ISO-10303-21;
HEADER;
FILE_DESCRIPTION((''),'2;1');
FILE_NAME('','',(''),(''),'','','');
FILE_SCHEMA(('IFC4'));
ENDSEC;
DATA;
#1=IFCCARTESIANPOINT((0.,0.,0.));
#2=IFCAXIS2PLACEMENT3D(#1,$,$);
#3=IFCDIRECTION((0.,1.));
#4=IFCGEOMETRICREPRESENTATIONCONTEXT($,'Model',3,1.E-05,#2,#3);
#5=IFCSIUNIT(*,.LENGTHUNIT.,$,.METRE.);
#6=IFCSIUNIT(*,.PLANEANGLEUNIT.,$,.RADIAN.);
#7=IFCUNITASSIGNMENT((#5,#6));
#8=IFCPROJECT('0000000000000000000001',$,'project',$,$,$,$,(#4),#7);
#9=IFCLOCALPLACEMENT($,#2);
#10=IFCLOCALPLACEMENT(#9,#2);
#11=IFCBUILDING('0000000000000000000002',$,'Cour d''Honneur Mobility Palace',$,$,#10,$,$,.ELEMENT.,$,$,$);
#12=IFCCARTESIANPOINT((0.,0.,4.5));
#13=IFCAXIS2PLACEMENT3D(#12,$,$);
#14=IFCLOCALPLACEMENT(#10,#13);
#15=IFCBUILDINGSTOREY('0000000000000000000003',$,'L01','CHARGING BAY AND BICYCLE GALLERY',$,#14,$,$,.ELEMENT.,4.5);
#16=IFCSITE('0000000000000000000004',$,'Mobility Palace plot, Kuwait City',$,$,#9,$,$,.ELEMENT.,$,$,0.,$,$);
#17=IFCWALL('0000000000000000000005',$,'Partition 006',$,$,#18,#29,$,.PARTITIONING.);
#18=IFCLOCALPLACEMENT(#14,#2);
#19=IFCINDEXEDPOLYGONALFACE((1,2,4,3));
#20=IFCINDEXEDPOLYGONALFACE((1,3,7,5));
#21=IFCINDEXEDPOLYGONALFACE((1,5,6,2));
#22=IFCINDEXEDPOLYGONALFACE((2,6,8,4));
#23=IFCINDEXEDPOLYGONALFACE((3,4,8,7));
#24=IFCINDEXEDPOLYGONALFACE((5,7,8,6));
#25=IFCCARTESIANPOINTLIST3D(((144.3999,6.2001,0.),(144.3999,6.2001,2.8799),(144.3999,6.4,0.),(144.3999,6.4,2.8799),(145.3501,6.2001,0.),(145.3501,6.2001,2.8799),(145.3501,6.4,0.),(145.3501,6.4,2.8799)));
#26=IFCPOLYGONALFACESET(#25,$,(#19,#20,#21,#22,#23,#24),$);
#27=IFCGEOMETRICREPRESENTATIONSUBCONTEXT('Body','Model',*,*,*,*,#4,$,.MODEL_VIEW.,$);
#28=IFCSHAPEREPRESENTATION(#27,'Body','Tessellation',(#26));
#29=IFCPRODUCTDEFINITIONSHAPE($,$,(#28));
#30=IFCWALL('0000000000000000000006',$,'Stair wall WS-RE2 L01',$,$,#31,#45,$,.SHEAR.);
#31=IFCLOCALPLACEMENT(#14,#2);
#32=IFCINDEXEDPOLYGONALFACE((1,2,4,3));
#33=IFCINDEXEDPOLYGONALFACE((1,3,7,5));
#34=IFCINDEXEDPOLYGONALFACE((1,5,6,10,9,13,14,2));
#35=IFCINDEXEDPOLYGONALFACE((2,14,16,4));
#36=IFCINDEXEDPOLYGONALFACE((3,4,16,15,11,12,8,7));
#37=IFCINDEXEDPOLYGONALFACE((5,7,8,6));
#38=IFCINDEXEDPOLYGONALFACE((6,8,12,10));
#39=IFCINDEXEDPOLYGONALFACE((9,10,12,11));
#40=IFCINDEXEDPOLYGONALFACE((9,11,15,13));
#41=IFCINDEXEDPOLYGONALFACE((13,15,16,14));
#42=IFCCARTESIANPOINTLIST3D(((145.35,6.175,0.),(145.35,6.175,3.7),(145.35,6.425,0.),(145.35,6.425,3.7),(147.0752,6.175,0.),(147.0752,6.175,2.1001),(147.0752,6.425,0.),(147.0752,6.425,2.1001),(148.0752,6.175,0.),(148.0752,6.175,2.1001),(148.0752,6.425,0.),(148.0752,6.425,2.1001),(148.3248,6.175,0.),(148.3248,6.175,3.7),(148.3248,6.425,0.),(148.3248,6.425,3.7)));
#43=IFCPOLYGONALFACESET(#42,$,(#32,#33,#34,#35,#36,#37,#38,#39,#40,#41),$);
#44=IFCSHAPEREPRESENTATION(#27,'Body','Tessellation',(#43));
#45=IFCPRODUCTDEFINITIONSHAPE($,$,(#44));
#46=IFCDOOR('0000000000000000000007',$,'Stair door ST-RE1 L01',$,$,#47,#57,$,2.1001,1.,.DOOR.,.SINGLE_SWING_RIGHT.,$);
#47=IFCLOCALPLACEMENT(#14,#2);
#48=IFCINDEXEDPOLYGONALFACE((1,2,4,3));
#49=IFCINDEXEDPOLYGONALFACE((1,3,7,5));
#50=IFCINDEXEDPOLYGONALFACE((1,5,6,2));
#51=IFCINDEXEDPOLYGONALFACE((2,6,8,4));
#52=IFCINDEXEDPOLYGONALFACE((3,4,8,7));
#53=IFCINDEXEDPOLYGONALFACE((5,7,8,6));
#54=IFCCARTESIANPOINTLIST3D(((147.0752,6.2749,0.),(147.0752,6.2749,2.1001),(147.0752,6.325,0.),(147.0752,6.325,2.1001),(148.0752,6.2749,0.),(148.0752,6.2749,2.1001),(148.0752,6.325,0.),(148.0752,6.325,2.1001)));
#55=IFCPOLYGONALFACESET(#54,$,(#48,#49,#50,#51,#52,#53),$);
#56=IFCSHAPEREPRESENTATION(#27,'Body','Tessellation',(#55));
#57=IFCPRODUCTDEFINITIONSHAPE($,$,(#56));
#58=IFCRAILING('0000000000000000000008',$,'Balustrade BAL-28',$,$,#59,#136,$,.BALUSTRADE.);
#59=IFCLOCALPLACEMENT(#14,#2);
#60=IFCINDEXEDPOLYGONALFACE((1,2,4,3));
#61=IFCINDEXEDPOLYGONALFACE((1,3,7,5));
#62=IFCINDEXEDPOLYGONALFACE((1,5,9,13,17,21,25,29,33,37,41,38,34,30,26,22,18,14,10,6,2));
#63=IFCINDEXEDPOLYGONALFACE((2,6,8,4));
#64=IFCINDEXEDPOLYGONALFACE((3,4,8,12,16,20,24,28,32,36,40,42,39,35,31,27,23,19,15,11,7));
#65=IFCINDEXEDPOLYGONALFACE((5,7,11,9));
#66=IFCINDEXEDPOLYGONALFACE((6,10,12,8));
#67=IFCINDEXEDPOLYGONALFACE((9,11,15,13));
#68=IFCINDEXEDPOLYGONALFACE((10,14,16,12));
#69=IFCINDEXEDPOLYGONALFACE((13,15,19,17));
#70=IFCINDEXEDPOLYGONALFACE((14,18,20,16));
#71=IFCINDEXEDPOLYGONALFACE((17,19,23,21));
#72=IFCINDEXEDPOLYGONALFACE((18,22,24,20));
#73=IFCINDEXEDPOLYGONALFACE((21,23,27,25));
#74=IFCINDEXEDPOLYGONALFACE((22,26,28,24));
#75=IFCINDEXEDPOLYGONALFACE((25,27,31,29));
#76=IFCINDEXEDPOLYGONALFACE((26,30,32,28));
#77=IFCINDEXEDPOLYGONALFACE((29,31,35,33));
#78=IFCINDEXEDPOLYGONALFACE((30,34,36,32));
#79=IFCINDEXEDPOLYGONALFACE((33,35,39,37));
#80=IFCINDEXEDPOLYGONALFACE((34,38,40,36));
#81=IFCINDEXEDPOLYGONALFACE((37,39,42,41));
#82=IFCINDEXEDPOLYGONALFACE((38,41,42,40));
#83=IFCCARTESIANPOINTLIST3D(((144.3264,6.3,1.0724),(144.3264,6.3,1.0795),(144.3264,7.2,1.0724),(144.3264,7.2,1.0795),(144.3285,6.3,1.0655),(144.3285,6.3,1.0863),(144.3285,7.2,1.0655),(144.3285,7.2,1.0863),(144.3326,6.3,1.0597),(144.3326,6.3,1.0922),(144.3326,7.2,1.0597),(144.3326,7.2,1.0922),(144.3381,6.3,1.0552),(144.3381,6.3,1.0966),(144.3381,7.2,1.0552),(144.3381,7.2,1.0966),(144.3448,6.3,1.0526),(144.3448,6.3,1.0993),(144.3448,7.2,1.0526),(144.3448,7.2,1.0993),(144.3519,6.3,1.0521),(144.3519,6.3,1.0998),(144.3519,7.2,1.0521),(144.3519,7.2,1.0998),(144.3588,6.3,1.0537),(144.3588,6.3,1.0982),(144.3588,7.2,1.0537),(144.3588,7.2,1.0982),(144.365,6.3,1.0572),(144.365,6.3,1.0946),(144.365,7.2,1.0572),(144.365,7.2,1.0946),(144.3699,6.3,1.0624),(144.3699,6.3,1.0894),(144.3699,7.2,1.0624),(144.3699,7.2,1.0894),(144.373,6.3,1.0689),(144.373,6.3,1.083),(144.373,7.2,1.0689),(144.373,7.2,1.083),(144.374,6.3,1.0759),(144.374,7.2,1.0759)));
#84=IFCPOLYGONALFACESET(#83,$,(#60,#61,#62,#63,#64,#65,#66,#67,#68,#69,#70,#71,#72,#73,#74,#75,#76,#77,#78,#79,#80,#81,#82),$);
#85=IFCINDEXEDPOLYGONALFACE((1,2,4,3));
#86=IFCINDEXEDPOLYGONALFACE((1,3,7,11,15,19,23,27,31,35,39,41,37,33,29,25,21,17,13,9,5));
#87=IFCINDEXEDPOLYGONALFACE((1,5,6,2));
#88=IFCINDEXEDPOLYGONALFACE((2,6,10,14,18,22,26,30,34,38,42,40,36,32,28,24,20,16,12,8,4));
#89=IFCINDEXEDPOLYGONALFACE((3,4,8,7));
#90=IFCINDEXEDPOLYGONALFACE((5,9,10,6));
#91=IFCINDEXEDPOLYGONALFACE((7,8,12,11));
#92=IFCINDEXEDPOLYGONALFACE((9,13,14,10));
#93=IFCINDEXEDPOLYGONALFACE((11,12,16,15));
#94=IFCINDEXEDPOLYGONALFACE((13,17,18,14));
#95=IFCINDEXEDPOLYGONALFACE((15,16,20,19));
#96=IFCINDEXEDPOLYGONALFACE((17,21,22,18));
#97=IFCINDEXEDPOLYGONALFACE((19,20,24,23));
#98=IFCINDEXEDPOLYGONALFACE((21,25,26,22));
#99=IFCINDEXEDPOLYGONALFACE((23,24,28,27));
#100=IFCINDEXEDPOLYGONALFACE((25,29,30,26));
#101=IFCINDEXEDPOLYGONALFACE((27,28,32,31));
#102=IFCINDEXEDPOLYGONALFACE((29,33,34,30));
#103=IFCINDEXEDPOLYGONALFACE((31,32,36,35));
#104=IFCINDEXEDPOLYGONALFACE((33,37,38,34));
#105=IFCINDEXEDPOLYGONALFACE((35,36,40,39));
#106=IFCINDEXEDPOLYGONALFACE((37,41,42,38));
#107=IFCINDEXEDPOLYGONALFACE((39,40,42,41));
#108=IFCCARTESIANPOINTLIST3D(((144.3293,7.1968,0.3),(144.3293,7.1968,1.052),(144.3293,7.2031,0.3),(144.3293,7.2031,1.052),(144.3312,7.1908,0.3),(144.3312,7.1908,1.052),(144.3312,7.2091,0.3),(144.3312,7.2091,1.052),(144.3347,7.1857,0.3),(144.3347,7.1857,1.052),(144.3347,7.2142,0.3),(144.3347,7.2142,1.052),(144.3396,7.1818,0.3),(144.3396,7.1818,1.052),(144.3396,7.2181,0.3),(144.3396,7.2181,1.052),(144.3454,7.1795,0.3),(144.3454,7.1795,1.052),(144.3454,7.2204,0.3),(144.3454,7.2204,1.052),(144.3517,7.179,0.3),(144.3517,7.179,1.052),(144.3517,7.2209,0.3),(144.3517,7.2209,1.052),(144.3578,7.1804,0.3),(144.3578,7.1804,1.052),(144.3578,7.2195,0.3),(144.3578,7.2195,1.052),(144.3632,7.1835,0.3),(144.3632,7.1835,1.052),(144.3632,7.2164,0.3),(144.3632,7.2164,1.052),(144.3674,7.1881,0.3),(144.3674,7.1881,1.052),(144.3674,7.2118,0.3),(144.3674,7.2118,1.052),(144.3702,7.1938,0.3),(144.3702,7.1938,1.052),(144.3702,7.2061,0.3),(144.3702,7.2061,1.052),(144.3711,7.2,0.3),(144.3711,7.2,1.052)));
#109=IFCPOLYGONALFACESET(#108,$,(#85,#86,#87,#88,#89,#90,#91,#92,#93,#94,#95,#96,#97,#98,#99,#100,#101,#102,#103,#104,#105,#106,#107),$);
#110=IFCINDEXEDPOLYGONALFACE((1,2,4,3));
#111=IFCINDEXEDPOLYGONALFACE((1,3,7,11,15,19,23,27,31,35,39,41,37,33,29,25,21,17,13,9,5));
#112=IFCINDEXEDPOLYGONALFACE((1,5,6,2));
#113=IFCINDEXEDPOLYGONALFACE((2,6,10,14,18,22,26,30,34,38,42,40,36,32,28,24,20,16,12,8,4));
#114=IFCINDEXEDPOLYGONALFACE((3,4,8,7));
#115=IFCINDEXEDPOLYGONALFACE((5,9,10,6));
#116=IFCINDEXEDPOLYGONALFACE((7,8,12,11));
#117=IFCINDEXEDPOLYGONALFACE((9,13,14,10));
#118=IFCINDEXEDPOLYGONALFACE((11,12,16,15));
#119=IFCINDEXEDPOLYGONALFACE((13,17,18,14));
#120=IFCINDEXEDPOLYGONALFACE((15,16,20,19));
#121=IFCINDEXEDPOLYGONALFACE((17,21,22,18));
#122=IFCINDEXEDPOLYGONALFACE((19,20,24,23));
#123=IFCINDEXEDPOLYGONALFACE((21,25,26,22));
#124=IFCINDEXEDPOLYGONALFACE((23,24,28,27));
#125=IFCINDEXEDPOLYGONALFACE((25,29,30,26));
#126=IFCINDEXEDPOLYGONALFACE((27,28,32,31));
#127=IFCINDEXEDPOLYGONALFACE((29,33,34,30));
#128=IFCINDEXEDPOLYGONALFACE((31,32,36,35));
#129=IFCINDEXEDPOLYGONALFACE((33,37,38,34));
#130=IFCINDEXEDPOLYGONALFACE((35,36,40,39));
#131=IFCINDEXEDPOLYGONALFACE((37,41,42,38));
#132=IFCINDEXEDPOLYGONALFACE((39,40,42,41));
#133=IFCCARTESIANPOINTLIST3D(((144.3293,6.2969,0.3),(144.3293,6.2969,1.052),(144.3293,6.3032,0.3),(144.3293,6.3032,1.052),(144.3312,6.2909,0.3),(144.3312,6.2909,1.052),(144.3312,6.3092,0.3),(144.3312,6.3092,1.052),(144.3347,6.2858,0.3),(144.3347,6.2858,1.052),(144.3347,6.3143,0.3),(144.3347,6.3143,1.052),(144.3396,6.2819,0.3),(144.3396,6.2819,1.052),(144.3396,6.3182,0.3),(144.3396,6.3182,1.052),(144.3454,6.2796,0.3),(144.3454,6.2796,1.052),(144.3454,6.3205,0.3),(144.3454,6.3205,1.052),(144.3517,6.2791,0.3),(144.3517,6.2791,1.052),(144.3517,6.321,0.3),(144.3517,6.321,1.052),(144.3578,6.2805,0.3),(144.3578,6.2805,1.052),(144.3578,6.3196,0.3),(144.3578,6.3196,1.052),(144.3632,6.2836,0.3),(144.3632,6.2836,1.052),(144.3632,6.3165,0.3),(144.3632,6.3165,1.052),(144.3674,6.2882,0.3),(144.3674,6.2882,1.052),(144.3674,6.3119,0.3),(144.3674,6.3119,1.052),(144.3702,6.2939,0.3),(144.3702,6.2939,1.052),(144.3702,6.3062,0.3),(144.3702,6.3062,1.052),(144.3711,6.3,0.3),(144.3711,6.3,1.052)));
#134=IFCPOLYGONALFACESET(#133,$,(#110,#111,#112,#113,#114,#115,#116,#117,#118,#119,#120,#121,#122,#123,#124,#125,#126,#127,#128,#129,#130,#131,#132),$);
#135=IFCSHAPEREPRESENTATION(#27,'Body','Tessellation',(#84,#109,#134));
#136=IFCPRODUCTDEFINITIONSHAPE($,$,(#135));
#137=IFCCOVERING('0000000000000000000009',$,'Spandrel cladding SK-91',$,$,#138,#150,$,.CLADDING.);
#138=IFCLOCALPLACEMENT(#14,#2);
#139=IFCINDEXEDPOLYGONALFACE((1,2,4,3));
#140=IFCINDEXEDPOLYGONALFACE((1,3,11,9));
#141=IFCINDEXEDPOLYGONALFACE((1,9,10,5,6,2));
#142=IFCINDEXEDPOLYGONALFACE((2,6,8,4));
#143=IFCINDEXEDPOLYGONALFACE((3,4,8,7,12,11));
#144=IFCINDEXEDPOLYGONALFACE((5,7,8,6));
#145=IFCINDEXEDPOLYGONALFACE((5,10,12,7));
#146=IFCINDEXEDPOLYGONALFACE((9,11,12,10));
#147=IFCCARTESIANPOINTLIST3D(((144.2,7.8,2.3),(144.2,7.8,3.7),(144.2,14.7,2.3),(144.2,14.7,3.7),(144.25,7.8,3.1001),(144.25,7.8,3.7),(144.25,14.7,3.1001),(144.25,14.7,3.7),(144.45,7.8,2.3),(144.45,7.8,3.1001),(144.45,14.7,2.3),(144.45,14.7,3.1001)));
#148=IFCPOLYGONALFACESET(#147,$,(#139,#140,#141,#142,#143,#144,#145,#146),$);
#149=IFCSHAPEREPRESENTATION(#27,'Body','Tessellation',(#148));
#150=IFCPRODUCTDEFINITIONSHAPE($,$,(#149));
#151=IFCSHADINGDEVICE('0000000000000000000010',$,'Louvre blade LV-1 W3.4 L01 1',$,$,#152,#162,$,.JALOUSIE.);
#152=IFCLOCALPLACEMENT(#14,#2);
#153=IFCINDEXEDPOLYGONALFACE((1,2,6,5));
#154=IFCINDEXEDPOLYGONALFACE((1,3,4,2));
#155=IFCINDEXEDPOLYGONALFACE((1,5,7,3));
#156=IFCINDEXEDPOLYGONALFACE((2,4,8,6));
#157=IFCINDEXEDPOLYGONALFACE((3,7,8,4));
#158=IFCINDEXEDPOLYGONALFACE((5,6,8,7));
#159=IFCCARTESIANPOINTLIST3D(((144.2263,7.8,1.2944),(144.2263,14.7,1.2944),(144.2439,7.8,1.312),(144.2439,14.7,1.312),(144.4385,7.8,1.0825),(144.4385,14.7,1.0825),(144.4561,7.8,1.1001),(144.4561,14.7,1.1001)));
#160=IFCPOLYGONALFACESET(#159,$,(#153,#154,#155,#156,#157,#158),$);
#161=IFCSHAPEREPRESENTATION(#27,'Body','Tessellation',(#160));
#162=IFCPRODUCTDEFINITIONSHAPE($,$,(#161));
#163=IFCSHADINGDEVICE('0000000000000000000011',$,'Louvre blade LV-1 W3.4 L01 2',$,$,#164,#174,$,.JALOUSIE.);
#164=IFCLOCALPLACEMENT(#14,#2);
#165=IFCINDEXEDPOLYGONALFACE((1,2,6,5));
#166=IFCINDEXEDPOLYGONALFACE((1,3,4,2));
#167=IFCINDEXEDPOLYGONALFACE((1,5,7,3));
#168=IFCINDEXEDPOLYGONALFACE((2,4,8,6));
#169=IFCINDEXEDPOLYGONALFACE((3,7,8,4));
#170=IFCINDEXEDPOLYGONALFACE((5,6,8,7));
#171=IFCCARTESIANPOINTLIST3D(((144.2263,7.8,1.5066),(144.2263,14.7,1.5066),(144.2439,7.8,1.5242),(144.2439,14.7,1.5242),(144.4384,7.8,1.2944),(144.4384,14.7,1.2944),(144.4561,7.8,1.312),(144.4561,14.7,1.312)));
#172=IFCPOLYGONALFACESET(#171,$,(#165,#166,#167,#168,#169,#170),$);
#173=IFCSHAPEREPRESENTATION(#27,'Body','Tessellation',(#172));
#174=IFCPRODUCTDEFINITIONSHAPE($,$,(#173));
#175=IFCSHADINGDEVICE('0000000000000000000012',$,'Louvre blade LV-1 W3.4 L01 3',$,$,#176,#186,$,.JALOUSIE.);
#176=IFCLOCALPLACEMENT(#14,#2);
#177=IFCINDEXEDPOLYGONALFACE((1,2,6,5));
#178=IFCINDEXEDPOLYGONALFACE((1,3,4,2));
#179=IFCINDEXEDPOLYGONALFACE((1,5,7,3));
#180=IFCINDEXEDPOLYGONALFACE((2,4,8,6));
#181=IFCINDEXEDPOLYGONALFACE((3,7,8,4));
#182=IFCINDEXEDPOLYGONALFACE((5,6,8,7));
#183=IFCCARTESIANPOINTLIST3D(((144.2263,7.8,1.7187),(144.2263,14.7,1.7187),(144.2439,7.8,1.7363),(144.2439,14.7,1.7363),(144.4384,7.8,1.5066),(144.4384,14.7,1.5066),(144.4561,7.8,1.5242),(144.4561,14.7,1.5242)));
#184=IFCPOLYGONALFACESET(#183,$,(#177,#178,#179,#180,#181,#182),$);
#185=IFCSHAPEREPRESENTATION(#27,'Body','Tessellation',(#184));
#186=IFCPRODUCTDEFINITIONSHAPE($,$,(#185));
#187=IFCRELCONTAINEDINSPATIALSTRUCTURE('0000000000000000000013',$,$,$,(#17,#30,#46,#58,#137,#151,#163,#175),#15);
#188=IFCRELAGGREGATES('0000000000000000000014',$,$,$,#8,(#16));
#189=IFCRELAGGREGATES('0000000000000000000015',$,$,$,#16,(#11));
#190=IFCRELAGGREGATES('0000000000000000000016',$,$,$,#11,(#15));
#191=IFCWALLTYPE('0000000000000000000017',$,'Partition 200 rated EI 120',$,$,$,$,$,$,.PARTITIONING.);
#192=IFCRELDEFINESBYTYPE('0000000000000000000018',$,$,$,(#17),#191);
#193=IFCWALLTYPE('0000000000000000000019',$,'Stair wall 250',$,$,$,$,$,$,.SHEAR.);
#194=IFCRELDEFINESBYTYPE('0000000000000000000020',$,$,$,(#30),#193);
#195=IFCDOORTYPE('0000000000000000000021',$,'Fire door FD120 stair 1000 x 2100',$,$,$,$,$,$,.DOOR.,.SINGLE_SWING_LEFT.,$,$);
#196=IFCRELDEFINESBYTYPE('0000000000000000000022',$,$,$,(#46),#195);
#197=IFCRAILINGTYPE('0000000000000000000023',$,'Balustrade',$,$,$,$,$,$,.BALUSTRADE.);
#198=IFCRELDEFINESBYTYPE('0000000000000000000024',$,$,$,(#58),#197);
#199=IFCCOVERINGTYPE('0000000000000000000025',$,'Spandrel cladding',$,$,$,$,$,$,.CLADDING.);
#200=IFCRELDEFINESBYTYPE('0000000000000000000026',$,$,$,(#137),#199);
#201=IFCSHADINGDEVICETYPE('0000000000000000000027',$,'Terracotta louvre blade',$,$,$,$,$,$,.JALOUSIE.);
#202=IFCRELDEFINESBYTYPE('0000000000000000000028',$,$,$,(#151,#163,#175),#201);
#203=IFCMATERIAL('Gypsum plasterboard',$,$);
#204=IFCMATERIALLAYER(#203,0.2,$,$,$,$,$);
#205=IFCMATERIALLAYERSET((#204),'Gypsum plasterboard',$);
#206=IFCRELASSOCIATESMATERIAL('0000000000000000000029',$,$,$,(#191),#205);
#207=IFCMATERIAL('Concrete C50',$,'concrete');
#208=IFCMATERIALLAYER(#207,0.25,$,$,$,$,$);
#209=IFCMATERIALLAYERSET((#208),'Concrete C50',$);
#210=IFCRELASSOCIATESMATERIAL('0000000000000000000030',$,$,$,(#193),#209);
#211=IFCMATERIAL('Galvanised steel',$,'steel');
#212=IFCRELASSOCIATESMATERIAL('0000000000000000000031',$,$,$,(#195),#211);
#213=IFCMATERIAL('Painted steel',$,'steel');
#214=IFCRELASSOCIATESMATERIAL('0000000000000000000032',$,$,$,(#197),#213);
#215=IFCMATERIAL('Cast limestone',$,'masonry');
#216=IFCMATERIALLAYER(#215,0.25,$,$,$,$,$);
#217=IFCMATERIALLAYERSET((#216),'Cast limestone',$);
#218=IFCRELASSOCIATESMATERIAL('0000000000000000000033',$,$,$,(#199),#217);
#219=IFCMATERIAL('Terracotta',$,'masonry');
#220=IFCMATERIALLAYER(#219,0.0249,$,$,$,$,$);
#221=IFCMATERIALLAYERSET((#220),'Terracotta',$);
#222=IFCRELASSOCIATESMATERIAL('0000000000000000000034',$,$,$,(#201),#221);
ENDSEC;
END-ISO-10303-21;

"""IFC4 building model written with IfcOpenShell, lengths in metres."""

from ifc_helpers import new_model, si_unit, direction, frame, frame_2d, origin, origin_2d, place, context, subcontext, project, spatial, polyline, rectangle, circle, outline, extrude, material, layer, layer_set, type_object, element, fill, save


model = new_model("IFC4")

# Units and contexts
model_context = context("Model", 3, precision=1e-05, world=origin(), true_north=direction((0.0, 1.0)))
body_context = subcontext(model_context, "Body", "Model", "MODEL_VIEW")
ifc_project = project(units=[si_unit("LENGTHUNIT", "METRE"), si_unit("PLANEANGLEUNIT", "RADIAN")], contexts=[model_context])

# Site, building, storey
site_placement = place(None, origin())
site = spatial("IfcSite", under=ifc_project, at=site_placement, Name="Mobility Palace plot, Kuwait City", CompositionType="ELEMENT", RefElevation=0.0)
building_placement = place(site_placement, origin())
building = spatial("IfcBuilding", under=site, at=building_placement, Name="Cour d'Honneur Mobility Palace", CompositionType="ELEMENT")
storey_placement = place(building_placement, frame((0.0, 0.0, 4.5)))
storey = spatial("IfcBuildingStorey", under=building, at=storey_placement, Name="L01", Description="CHARGING BAY AND BICYCLE GALLERY", CompositionType="ELEMENT", Elevation=4.5)

# Wall
ifc_material_1 = material(Name="Gypsum plasterboard")
ifc_layer_1 = layer(ifc_material_1, 0.2)
ifc_layer_set_1 = layer_set([ifc_layer_1], Name="Gypsum plasterboard")
wall_type_1 = type_object("IfcWallType", Name="Partition 200 rated EI 120", PredefinedType="PARTITIONING", material=ifc_layer_set_1)
wall_1_placement = place(storey_placement, frame((144.3999, 6.3, 0.0), z_axis=(0.0, 0.0, 1.0), x_axis=(1.0, 0.0, 0.0)))
element("IfcWall", 1, at=wall_1_placement, inside=storey, type_object=wall_type_1, Name="Partition 006", PredefinedType="PARTITIONING", context=body_context, shape_type="SweptSolid", body=[
    extrude(rectangle(XDim=0.9502, YDim=0.2, at=frame_2d((0.4751, 0.0))), origin(), (0.0, 0.0, 1.0), 2.8799),
])

# Wall, opening, door
ifc_material_2 = material(Name="Concrete C50", Category="concrete")
ifc_layer_2 = layer(ifc_material_2, 0.25)
ifc_layer_set_2 = layer_set([ifc_layer_2], Name="Concrete C50")
wall_type_2 = type_object("IfcWallType", Name="Stair wall 250", PredefinedType="SHEAR", material=ifc_layer_set_2)
wall_2_placement = place(storey_placement, frame((145.3501, 6.3, 0.0), z_axis=(0.0, 0.0, 1.0), x_axis=(1.0, 0.0, 0.0)))
wall_2 = element("IfcWall", 2, at=wall_2_placement, inside=storey, type_object=wall_type_2, Name="Stair wall WS-RE2 L01", PredefinedType="SHEAR", context=body_context, shape_type="SweptSolid", body=[
    extrude(rectangle(XDim=2.9749, YDim=0.25, at=frame_2d((1.4873, 0.0))), origin(), (0.0, 0.0, 1.0), 3.7),
])
opening_placement = place(wall_2_placement, frame((1.7251, 0.0, 0.0)))
opening = element("IfcOpeningElement", 3, at=opening_placement, cuts=wall_2, PredefinedType="OPENING", context=body_context, shape_type="SweptSolid", body=[
    extrude(rectangle(XDim=1.0, YDim=2.1001, at=frame_2d((0.5, 1.05))), frame((0.0, 0.135, 0.0), z_axis=(0.0, -1.0, 0.0), x_axis=(1.0, 0.0, 0.0)), (0.0, 0.0, 1.0), 0.27),
])
ifc_material_3 = material(Name="Galvanised steel", Category="steel")
door_type = type_object("IfcDoorType", Name="Fire door FD120 stair 1000 x 2100", OperationType="SINGLE_SWING_LEFT", PredefinedType="DOOR", material=ifc_material_3)
door_placement = place(opening_placement, origin())
door = element("IfcDoor", 4, at=door_placement, inside=storey, type_object=door_type, Name="Stair door ST-RE1 L01", OperationType="SINGLE_SWING_RIGHT", OverallHeight=2.1001, OverallWidth=1.0, PredefinedType="DOOR", context=body_context, shape_type="SweptSolid", body=[
    extrude(rectangle(XDim=1.0, YDim=2.1001, at=frame_2d((0.5, 1.05))), frame((0.0, 0.0249, 0.0), z_axis=(0.0, -1.0, 0.0), x_axis=(1.0, 0.0, 0.0)), (0.0, 0.0, 1.0), 0.05),
])
fill(opening, door)

# Railing
ifc_material_4 = material(Name="Painted steel", Category="steel")
railing_type = type_object("IfcRailingType", Name="Balustrade", PredefinedType="BALUSTRADE", material=ifc_material_4)
railing_1_placement = place(storey_placement, frame((144.3501, 7.2, 0.3)))
element("IfcRailing", 5, at=railing_1_placement, inside=storey, type_object=railing_type, Name="Balustrade BAL-28", PredefinedType="BALUSTRADE", context=body_context, shape_type="SweptSolid", body=[
    extrude(circle(Radius=0.0239, at=origin_2d()), frame((0.0, 0.0, 0.7759), z_axis=(0.0, -1.0, 0.0), x_axis=(1.0, 0.0, 0.0)), (0.0, 0.0, 1.0), 0.8999),
    extrude(circle(Radius=0.021, at=origin_2d()), origin(), (0.0, 0.0, 1.0), 0.752),
    extrude(circle(Radius=0.021, at=origin_2d()), frame((0.0, -0.8999, 0.0)), (0.0, 0.0, 1.0), 0.752),
])

# Covering
ifc_material_5 = material(Name="Cast limestone", Category="masonry")
ifc_layer_3 = layer(ifc_material_5, 0.25)
ifc_layer_set_3 = layer_set([ifc_layer_3], Name="Cast limestone")
covering_type = type_object("IfcCoveringType", Name="Spandrel cladding", PredefinedType="CLADDING", material=ifc_layer_set_3)
covering_placement = place(storey_placement, frame((144.45, 14.7, 2.3), z_axis=(0.0, 1.0, 0.0), x_axis=(-1.0, 0.0, 0.0)))
element("IfcCovering", 6, at=covering_placement, inside=storey, type_object=covering_type, Name="Spandrel cladding SK-91", PredefinedType="CLADDING", context=body_context, shape_type="SweptSolid", body=[
    extrude(outline(polyline([(0.0, 0.0), (0.25, 0.0), (0.25, 1.3999), (0.2, 1.3999), (0.2, 0.8), (0.0, 0.8), (0.0, 0.0)])), origin(), (0.0, 0.0, -1.0), 6.8999),
])

# Shading devices
ifc_material_6 = material(Name="Terracotta", Category="masonry")
ifc_layer_4 = layer(ifc_material_6, 0.0249)
ifc_layer_set_4 = layer_set([ifc_layer_4], Name="Terracotta")
shading_device_type = type_object("IfcShadingDeviceType", Name="Terracotta louvre blade", PredefinedType="JALOUSIE", material=ifc_layer_set_4)
shading_device_placement = place(storey_placement, frame((144.4561, 14.7, 1.1001), z_axis=(0.7067, 0.0, 0.707514), x_axis=(0.0, -1.0, 0.0)))
element("IfcShadingDevice", 7, at=shading_device_placement, inside=storey, type_object=shading_device_type, Name="Louvre blade LV-1 W3.4 L01 1", PredefinedType="JALOUSIE", context=body_context, shape_type="SweptSolid", body=[
    extrude(outline(polyline([(0.0, 0.0), (6.8999, 0.0), (6.8999, -0.2999), (0.0, -0.2999), (0.0, 0.0)])), origin(), (0.0, 0.0, -1.0), 0.0249),
])
for number, where, z_axis, x_axis, name in (
    (8, (144.4561, 14.7, 1.312), (0.707107, 0.0, 0.707107), (0.0, -1.0, 0.0), "Louvre blade LV-1 W3.4 L01 2"),
    (9, (144.4561, 14.7, 1.5242), (0.707107, 0.0, 0.707107), (0.0, -1.0, 0.0), "Louvre blade LV-1 W3.4 L01 3"),
):
    element("IfcShadingDevice", number, at=place(storey_placement, frame(where, z_axis=z_axis, x_axis=x_axis)), inside=storey, type_object=shading_device_type, Name=name, PredefinedType="JALOUSIE", context=body_context, shape_type="SweptSolid", body=[
        extrude(outline(polyline([(0.0, 0.0), (6.8999, 0.0), (6.8999, -0.3), (0.0, -0.3), (0.0, 0.0)])), origin(), (0.0, 0.0, -1.0), 0.0249),
    ])

save(model, "model.ifc")
